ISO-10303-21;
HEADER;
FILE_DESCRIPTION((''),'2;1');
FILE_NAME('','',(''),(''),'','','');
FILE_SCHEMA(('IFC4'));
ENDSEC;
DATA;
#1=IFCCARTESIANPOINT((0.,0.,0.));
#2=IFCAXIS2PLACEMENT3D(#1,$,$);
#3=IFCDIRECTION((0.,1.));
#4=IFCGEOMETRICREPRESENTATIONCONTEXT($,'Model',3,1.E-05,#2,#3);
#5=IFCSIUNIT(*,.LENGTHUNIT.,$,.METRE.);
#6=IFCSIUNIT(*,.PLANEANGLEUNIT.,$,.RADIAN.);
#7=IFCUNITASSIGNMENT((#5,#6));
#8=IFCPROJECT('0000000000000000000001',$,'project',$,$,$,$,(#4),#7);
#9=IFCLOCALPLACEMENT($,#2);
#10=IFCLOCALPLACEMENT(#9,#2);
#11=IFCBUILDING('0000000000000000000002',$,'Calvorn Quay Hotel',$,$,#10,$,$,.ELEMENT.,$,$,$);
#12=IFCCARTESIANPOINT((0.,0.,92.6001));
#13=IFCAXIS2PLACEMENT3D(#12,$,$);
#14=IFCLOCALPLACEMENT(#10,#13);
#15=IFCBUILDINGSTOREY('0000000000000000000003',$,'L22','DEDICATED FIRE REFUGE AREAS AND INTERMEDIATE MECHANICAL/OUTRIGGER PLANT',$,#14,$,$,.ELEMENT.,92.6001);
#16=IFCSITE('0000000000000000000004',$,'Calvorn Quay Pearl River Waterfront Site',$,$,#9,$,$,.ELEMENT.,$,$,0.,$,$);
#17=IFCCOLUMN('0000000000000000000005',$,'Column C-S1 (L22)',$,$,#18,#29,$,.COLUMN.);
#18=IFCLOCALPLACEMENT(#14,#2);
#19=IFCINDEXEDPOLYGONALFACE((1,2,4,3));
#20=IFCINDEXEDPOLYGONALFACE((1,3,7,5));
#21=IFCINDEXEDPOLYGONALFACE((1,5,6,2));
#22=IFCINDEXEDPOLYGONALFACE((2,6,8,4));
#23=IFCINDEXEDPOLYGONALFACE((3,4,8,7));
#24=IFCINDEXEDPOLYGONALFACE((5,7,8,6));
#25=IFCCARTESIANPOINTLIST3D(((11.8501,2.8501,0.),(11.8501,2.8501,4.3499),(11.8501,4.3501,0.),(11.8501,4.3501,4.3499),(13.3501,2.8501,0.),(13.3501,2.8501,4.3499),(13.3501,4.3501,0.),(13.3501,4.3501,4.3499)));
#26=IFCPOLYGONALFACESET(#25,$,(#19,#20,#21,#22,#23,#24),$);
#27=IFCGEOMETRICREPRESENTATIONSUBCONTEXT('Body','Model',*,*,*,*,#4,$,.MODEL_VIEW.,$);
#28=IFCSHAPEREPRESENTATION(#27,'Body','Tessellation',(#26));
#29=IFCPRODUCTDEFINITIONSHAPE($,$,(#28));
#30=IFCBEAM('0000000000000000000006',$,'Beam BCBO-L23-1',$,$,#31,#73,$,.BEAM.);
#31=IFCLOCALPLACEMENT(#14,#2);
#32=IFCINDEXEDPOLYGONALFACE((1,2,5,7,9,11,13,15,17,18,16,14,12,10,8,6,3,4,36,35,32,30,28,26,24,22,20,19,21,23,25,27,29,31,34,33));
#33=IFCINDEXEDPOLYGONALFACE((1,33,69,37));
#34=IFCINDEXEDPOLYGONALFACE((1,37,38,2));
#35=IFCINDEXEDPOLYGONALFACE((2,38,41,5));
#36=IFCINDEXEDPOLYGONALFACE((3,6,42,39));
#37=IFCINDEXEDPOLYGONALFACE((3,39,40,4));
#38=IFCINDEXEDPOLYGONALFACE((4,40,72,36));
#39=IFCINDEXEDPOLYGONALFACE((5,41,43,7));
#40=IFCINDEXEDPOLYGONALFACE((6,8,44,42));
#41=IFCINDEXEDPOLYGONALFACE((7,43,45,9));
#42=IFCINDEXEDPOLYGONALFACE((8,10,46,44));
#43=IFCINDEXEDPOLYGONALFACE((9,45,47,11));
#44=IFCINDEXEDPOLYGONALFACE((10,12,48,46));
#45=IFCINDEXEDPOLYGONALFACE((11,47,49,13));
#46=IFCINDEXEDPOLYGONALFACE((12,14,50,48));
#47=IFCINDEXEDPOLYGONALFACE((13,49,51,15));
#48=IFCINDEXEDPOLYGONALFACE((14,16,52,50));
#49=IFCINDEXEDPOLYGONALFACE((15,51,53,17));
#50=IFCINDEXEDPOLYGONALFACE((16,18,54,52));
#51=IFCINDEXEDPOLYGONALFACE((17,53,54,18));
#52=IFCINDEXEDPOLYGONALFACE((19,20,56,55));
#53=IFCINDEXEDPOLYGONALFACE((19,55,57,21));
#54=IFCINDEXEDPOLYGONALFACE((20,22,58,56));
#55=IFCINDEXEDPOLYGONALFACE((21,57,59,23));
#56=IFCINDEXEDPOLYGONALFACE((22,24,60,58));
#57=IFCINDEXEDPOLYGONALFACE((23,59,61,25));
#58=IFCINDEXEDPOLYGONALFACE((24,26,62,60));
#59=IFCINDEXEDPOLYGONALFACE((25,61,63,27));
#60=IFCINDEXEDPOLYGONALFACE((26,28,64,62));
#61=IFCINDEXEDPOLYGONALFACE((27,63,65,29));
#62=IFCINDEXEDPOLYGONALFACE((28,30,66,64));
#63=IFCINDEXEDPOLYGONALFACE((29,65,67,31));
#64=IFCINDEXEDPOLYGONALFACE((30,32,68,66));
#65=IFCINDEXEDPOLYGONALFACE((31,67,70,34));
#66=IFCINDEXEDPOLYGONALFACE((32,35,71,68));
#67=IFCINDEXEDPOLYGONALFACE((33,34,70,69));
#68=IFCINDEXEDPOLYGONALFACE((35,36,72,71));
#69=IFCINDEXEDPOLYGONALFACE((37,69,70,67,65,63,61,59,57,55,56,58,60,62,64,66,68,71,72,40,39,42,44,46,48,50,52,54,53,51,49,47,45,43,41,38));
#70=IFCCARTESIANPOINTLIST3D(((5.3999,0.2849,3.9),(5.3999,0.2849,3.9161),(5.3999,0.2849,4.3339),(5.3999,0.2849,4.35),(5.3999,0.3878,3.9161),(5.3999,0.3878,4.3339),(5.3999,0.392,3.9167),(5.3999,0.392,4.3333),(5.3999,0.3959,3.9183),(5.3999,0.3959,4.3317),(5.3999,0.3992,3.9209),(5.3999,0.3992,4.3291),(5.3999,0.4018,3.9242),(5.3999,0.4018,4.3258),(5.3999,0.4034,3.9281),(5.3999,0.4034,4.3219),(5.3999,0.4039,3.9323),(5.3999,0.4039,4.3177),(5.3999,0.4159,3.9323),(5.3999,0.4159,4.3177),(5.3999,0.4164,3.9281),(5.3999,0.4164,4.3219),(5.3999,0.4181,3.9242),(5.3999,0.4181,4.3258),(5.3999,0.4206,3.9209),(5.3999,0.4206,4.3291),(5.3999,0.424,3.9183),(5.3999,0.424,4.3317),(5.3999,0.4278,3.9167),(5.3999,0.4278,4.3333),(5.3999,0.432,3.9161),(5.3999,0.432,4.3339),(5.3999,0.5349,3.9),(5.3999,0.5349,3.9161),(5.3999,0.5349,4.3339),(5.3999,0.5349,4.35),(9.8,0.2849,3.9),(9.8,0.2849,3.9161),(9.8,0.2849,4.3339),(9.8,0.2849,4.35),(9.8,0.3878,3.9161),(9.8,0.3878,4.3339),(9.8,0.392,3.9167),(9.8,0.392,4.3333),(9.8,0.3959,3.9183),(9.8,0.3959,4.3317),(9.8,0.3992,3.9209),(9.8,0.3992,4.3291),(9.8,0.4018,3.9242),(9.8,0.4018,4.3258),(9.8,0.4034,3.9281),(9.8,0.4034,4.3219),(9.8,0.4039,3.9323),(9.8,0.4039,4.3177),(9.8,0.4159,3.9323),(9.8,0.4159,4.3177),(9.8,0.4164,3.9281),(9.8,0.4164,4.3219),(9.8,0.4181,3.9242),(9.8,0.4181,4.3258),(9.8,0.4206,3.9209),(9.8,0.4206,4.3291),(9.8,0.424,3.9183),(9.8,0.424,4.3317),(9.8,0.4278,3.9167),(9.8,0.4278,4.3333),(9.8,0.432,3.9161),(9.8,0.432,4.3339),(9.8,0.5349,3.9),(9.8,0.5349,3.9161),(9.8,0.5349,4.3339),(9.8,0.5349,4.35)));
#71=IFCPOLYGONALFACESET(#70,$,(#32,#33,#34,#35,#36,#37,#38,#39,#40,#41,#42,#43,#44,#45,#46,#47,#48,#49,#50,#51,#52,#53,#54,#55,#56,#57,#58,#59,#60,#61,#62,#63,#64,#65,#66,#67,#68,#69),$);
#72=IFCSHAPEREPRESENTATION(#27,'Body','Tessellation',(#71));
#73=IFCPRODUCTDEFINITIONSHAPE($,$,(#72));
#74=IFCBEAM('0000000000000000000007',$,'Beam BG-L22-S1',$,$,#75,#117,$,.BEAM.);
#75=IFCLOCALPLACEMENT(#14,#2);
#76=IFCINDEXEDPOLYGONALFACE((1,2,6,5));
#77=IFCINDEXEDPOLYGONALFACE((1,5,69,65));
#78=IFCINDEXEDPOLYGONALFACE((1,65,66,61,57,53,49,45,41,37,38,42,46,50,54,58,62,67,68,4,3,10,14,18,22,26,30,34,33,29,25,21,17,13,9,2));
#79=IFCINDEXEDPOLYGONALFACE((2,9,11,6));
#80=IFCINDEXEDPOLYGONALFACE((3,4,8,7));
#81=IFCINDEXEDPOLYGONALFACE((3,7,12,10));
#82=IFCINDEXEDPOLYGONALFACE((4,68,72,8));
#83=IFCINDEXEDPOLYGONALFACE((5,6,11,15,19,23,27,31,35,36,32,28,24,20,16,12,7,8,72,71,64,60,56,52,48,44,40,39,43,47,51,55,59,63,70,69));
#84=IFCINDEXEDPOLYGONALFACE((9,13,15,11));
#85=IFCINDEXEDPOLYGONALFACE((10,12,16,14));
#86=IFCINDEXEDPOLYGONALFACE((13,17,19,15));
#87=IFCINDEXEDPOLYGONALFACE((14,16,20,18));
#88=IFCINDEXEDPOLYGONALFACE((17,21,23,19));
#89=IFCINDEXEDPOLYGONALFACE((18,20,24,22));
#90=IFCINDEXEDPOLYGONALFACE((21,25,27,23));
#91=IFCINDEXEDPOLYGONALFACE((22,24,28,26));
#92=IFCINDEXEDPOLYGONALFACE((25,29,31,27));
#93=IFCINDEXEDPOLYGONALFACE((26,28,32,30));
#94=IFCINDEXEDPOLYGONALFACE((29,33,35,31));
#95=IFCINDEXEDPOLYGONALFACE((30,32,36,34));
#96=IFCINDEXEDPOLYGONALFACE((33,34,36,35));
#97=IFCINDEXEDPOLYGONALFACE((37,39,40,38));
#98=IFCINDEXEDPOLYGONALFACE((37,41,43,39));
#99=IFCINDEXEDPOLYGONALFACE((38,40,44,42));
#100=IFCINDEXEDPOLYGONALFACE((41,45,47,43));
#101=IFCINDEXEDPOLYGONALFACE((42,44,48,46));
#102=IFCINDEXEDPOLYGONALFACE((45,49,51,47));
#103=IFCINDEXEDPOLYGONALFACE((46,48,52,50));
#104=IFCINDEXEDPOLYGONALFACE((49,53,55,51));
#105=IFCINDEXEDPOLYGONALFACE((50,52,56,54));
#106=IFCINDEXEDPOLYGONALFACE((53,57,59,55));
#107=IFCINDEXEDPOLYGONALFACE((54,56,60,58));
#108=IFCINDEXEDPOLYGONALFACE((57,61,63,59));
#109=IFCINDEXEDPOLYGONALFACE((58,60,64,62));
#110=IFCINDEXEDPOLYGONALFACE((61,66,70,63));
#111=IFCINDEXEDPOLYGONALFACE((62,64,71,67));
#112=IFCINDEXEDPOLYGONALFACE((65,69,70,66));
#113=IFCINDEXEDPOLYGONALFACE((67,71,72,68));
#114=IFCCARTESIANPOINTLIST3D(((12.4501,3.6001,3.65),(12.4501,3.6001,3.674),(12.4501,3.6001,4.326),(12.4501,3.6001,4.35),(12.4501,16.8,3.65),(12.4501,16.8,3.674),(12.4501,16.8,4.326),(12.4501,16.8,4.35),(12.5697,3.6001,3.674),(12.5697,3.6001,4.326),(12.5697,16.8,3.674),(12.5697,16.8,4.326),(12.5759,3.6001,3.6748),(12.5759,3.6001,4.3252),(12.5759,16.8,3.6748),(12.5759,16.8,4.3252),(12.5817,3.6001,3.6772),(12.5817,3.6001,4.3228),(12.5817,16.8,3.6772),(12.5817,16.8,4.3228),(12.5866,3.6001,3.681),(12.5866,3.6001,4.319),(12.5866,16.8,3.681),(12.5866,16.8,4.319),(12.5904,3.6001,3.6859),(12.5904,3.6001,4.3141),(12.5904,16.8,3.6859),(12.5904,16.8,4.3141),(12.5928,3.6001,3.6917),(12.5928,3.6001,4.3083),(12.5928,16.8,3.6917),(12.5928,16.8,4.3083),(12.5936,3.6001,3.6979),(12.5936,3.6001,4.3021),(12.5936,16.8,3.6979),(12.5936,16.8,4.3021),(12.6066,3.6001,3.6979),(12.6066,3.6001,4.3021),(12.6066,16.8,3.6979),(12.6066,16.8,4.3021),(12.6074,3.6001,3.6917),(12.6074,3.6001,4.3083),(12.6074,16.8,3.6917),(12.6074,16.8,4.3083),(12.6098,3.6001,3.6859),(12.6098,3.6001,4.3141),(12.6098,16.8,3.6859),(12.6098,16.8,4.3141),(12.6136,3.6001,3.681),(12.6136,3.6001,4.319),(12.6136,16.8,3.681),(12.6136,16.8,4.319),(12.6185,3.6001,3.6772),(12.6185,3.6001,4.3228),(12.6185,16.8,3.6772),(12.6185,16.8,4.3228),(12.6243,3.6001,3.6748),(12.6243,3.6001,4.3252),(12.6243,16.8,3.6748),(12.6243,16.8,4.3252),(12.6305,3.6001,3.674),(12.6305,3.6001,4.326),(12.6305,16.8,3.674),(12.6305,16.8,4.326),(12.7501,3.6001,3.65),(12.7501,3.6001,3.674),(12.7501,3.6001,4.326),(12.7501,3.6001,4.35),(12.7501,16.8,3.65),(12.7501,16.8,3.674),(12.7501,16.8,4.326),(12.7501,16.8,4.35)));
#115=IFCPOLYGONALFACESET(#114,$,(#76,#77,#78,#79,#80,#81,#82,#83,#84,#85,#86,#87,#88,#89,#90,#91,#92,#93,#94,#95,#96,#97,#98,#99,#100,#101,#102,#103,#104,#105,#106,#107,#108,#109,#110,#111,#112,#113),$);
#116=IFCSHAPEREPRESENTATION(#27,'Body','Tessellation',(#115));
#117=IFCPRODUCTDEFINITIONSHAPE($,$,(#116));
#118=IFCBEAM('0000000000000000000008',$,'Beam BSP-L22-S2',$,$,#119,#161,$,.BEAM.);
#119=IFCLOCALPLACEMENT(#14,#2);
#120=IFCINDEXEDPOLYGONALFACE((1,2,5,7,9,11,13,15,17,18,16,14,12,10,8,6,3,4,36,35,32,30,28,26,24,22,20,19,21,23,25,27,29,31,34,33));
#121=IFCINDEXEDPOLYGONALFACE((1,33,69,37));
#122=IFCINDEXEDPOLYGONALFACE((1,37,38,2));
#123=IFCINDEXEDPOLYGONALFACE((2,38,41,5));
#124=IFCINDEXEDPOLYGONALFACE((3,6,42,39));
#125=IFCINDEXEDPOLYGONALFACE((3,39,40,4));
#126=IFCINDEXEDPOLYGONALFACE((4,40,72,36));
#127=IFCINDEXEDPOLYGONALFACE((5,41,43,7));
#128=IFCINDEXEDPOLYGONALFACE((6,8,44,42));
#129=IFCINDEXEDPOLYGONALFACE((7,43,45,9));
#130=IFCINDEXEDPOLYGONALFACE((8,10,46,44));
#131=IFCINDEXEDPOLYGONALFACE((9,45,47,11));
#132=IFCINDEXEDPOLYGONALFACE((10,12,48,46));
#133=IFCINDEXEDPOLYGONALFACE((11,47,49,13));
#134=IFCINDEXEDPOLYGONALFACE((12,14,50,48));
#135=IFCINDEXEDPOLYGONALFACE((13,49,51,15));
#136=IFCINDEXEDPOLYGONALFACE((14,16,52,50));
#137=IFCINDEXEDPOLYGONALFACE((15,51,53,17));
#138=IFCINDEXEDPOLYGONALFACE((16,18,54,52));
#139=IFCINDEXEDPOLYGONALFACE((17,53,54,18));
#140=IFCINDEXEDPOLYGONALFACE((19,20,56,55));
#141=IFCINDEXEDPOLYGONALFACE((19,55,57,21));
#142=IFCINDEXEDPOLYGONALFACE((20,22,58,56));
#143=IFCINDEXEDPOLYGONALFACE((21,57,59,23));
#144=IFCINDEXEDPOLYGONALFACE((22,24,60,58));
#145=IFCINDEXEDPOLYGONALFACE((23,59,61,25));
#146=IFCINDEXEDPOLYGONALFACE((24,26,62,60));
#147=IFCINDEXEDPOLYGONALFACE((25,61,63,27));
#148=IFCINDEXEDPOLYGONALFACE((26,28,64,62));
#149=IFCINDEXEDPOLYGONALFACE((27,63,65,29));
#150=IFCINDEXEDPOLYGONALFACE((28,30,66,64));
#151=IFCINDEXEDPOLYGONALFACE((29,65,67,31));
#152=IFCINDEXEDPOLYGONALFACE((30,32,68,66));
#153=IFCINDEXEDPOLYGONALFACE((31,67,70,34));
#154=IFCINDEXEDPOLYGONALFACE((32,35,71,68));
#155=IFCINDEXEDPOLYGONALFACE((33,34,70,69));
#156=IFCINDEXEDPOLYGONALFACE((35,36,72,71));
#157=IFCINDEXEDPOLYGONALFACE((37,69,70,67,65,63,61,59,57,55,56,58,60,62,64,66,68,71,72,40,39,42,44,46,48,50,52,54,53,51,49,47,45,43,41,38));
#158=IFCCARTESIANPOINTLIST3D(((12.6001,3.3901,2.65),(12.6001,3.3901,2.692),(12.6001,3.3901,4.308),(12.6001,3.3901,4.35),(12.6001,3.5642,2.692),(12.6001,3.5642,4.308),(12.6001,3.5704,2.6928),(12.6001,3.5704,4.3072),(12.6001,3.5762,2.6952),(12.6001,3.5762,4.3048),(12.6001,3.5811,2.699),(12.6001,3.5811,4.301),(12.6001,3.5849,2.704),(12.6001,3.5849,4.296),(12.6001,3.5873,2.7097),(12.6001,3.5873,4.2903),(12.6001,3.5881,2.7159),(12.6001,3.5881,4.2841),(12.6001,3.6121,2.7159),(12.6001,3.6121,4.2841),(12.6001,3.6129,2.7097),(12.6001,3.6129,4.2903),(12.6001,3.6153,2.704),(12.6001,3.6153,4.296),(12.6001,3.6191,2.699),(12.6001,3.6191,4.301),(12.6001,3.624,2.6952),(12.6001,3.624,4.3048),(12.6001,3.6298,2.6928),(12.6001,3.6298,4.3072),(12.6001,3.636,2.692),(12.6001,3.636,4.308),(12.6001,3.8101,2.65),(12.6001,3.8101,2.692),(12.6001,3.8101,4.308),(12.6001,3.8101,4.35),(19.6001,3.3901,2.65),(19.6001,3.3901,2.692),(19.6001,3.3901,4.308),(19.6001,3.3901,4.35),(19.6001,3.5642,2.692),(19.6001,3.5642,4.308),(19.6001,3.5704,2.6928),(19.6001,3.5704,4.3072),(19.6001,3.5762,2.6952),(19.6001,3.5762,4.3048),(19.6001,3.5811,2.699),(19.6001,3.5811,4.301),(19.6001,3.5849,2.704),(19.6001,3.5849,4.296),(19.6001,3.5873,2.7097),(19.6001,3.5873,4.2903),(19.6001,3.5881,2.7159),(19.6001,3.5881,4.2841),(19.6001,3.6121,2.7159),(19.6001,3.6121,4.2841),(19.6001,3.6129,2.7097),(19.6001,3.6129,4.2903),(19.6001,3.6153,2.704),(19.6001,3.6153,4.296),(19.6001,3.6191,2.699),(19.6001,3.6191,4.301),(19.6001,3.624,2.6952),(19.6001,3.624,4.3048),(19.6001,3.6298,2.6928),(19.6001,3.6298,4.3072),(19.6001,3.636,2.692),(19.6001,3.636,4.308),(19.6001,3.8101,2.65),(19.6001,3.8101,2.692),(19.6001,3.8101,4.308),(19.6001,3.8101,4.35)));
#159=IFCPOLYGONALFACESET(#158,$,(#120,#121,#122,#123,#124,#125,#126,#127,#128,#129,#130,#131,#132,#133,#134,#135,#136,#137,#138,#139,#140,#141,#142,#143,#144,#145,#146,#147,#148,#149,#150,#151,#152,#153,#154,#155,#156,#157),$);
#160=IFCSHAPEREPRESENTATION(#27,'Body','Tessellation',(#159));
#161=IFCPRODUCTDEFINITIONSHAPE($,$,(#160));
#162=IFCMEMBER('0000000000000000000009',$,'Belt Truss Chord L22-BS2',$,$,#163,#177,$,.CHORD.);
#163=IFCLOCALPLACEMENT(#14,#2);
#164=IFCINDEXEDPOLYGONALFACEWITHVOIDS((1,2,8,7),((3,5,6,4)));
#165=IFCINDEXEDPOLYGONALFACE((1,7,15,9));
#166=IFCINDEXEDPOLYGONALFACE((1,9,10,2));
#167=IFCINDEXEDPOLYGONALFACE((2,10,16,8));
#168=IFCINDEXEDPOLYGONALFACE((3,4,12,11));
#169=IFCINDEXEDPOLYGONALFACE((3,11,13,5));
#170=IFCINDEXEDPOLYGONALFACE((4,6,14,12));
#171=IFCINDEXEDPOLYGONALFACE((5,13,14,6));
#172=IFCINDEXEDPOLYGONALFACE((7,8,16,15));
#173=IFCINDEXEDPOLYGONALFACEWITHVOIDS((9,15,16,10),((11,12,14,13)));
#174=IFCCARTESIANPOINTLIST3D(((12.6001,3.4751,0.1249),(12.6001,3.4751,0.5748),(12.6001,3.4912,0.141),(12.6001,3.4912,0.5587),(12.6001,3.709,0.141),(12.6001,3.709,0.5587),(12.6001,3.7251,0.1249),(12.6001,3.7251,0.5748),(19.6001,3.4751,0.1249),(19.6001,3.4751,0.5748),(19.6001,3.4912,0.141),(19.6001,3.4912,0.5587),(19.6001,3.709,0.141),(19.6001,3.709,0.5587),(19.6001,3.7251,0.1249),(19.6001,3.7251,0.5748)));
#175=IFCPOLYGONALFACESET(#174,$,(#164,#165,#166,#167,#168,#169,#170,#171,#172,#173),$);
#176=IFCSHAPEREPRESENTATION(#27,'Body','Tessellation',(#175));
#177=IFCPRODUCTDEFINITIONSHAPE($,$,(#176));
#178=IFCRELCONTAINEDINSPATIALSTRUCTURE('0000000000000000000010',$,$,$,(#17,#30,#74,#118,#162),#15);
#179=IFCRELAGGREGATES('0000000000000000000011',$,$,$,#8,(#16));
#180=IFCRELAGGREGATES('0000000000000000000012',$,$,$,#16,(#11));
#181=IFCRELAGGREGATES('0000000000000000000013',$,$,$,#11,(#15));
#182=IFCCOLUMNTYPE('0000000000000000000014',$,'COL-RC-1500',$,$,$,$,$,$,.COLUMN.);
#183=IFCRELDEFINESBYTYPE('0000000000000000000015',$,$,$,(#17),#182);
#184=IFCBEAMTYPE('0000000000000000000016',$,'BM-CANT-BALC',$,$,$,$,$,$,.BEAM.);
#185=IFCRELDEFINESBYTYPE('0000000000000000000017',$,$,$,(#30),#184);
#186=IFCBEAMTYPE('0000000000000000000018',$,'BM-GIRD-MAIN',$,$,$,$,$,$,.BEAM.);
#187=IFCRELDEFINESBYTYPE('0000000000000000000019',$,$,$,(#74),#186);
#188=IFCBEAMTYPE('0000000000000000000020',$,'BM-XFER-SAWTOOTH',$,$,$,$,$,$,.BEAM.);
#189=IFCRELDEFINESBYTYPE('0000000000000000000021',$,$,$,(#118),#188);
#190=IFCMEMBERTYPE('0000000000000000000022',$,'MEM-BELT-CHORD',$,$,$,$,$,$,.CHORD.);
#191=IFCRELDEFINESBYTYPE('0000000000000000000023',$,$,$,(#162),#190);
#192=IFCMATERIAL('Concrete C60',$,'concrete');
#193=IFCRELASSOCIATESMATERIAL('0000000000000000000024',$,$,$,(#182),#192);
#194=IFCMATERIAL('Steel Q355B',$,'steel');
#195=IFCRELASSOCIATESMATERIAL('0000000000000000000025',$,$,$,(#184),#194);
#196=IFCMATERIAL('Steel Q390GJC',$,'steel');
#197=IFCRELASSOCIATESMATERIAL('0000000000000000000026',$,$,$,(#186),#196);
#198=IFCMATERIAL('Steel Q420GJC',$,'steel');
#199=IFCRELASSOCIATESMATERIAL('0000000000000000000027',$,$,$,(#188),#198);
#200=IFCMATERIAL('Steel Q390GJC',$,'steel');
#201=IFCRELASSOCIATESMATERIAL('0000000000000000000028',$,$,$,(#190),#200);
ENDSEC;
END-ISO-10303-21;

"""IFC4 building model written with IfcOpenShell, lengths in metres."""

from ifc_helpers import new_model, si_unit, direction, frame, origin, origin_2d, place, context, subcontext, project, spatial, rectangle, hollow_rectangle, i_section, extrude, material, material_profile, profile_set, type_object, element, save


model = new_model("IFC4")

# Units and contexts
model_context = context("Model", 3, precision=1e-05, world=origin(), true_north=direction((0.0, 1.0)))
body_context = subcontext(model_context, "Body", "Model", "MODEL_VIEW")
ifc_project = project(units=[si_unit("LENGTHUNIT", "METRE"), si_unit("PLANEANGLEUNIT", "RADIAN")], contexts=[model_context])

# Site, building, storey
site_placement = place(None, origin())
site = spatial("IfcSite", under=ifc_project, at=site_placement, Name="Calvorn Quay Pearl River Waterfront Site", CompositionType="ELEMENT", RefElevation=0.0)
building_placement = place(site_placement, origin())
building = spatial("IfcBuilding", under=site, at=building_placement, Name="Calvorn Quay Hotel", CompositionType="ELEMENT")
storey_placement = place(building_placement, frame((0.0, 0.0, 92.6001)))
storey = spatial("IfcBuildingStorey", under=building, at=storey_placement, Name="L22", Description="DEDICATED FIRE REFUGE AREAS AND INTERMEDIATE MECHANICAL/OUTRIGGER PLANT", CompositionType="ELEMENT", Elevation=92.6001)

# Column
ifc_material_1 = material(Name="Concrete C60", Category="concrete")
ifc_material_profile_1 = material_profile(ifc_material_1, rectangle(XDim=1.5, YDim=1.5, at=origin_2d()), Name="RC1500x1500")
ifc_profile_set_1 = profile_set([ifc_material_profile_1], Name="Concrete C60")
column_type = type_object("IfcColumnType", Name="COL-RC-1500", PredefinedType="COLUMN", material=ifc_profile_set_1)
column_placement = place(storey_placement, frame((12.6001, 3.6001, 0.0), z_axis=(0.0, 0.0, 1.0), x_axis=(1.0, 0.0, 0.0)))
element("IfcColumn", 1, at=column_placement, inside=storey, type_object=column_type, Name="Column C-S1 (L22)", PredefinedType="COLUMN", context=body_context, shape_type="SweptSolid", body=[
    extrude(rectangle(XDim=1.5, YDim=1.5, at=origin_2d()), origin(), (0.0, 0.0, 1.0), 4.3499),
])

# Beams
ifc_material_2 = material(Name="Steel Q355B", Category="steel")
ifc_material_profile_2 = material_profile(ifc_material_2, i_section(OverallWidth=0.25, OverallDepth=0.45, WebThickness=0.012, FlangeThickness=0.0161, FilletRadius=0.0161, at=origin_2d()), Name="HN450x250x12x16")
ifc_profile_set_2 = profile_set([ifc_material_profile_2], Name="Steel Q355B")
beam_type_1 = type_object("IfcBeamType", Name="BM-CANT-BALC", PredefinedType="BEAM", material=ifc_profile_set_2)
beam_1_placement = place(storey_placement, frame((5.3999, 0.4099, 4.125), z_axis=(1.0, 0.0, 0.0), x_axis=(0.0, 1.0, 0.0)))
element("IfcBeam", 2, at=beam_1_placement, inside=storey, type_object=beam_type_1, Name="Beam BCBO-L23-1", PredefinedType="BEAM", context=body_context, shape_type="SweptSolid", body=[
    extrude(i_section(OverallWidth=0.25, OverallDepth=0.45, WebThickness=0.012, FlangeThickness=0.0161, FilletRadius=0.0161, at=origin_2d()), origin(), (0.0, 0.0, 1.0), 4.4001),
])
ifc_material_3 = material(Name="Steel Q390GJC", Category="steel")
ifc_material_profile_3 = material_profile(ifc_material_3, i_section(OverallWidth=0.3, OverallDepth=0.7, WebThickness=0.0129, FlangeThickness=0.0239, FilletRadius=0.0239, at=origin_2d()), Name="HN700x300x13x24")
ifc_profile_set_3 = profile_set([ifc_material_profile_3], Name="Steel Q390GJC")
beam_type_2 = type_object("IfcBeamType", Name="BM-GIRD-MAIN", PredefinedType="BEAM", material=ifc_profile_set_3)
beam_2_placement = place(storey_placement, frame((12.6001, 3.6001, 4.0), z_axis=(0.0, 1.0, 0.0), x_axis=(-1.0, 0.0, 0.0)))
element("IfcBeam", 3, at=beam_2_placement, inside=storey, type_object=beam_type_2, Name="Beam BG-L22-S1", PredefinedType="BEAM", context=body_context, shape_type="SweptSolid", body=[
    extrude(i_section(OverallWidth=0.3, OverallDepth=0.7, WebThickness=0.0129, FlangeThickness=0.0239, FilletRadius=0.0239, at=origin_2d()), origin(), (0.0, 0.0, 1.0), 13.2),
])
ifc_material_4 = material(Name="Steel Q420GJC", Category="steel")
ifc_material_profile_4 = material_profile(ifc_material_4, i_section(OverallWidth=0.4199, OverallDepth=1.7, WebThickness=0.0239, FlangeThickness=0.042, FilletRadius=0.0239, at=origin_2d()), Name="HN1700x420x24x42")
ifc_profile_set_4 = profile_set([ifc_material_profile_4], Name="Steel Q420GJC")
beam_type_3 = type_object("IfcBeamType", Name="BM-XFER-SAWTOOTH", PredefinedType="BEAM", material=ifc_profile_set_4)
beam_3_placement = place(storey_placement, frame((12.6001, 3.6001, 3.5), z_axis=(1.0, 0.0, 0.0), x_axis=(0.0, 1.0, 0.0)))
element("IfcBeam", 4, at=beam_3_placement, inside=storey, type_object=beam_type_3, Name="Beam BSP-L22-S2", PredefinedType="BEAM", context=body_context, shape_type="SweptSolid", body=[
    extrude(i_section(OverallWidth=0.4199, OverallDepth=1.7, WebThickness=0.0239, FlangeThickness=0.042, FilletRadius=0.0239, at=origin_2d()), origin(), (0.0, 0.0, 1.0), 7.0),
])

# Member
ifc_material_5 = material(Name="Steel Q390GJC", Category="steel")
ifc_material_profile_5 = material_profile(ifc_material_5, hollow_rectangle(XDim=0.25, YDim=0.45, WallThickness=0.0161, at=origin_2d()), Name="RHS450x250x16")
ifc_profile_set_5 = profile_set([ifc_material_profile_5], Name="Steel Q390GJC")
member_type_1 = type_object("IfcMemberType", Name="MEM-BELT-CHORD", PredefinedType="CHORD", material=ifc_profile_set_5)
member_1_placement = place(storey_placement, frame((12.6001, 3.6001, 0.3499), z_axis=(1.0, 0.0, 0.0), x_axis=(0.0, 1.0, 0.0)))
element("IfcMember", 5, at=member_1_placement, inside=storey, type_object=member_type_1, Name="Belt Truss Chord L22-BS2", PredefinedType="CHORD", context=body_context, shape_type="SweptSolid", body=[
    extrude(hollow_rectangle(XDim=0.25, YDim=0.45, WallThickness=0.0161, at=origin_2d()), origin(), (0.0, 0.0, 1.0), 7.0),
])

save(model, "model.ifc")
